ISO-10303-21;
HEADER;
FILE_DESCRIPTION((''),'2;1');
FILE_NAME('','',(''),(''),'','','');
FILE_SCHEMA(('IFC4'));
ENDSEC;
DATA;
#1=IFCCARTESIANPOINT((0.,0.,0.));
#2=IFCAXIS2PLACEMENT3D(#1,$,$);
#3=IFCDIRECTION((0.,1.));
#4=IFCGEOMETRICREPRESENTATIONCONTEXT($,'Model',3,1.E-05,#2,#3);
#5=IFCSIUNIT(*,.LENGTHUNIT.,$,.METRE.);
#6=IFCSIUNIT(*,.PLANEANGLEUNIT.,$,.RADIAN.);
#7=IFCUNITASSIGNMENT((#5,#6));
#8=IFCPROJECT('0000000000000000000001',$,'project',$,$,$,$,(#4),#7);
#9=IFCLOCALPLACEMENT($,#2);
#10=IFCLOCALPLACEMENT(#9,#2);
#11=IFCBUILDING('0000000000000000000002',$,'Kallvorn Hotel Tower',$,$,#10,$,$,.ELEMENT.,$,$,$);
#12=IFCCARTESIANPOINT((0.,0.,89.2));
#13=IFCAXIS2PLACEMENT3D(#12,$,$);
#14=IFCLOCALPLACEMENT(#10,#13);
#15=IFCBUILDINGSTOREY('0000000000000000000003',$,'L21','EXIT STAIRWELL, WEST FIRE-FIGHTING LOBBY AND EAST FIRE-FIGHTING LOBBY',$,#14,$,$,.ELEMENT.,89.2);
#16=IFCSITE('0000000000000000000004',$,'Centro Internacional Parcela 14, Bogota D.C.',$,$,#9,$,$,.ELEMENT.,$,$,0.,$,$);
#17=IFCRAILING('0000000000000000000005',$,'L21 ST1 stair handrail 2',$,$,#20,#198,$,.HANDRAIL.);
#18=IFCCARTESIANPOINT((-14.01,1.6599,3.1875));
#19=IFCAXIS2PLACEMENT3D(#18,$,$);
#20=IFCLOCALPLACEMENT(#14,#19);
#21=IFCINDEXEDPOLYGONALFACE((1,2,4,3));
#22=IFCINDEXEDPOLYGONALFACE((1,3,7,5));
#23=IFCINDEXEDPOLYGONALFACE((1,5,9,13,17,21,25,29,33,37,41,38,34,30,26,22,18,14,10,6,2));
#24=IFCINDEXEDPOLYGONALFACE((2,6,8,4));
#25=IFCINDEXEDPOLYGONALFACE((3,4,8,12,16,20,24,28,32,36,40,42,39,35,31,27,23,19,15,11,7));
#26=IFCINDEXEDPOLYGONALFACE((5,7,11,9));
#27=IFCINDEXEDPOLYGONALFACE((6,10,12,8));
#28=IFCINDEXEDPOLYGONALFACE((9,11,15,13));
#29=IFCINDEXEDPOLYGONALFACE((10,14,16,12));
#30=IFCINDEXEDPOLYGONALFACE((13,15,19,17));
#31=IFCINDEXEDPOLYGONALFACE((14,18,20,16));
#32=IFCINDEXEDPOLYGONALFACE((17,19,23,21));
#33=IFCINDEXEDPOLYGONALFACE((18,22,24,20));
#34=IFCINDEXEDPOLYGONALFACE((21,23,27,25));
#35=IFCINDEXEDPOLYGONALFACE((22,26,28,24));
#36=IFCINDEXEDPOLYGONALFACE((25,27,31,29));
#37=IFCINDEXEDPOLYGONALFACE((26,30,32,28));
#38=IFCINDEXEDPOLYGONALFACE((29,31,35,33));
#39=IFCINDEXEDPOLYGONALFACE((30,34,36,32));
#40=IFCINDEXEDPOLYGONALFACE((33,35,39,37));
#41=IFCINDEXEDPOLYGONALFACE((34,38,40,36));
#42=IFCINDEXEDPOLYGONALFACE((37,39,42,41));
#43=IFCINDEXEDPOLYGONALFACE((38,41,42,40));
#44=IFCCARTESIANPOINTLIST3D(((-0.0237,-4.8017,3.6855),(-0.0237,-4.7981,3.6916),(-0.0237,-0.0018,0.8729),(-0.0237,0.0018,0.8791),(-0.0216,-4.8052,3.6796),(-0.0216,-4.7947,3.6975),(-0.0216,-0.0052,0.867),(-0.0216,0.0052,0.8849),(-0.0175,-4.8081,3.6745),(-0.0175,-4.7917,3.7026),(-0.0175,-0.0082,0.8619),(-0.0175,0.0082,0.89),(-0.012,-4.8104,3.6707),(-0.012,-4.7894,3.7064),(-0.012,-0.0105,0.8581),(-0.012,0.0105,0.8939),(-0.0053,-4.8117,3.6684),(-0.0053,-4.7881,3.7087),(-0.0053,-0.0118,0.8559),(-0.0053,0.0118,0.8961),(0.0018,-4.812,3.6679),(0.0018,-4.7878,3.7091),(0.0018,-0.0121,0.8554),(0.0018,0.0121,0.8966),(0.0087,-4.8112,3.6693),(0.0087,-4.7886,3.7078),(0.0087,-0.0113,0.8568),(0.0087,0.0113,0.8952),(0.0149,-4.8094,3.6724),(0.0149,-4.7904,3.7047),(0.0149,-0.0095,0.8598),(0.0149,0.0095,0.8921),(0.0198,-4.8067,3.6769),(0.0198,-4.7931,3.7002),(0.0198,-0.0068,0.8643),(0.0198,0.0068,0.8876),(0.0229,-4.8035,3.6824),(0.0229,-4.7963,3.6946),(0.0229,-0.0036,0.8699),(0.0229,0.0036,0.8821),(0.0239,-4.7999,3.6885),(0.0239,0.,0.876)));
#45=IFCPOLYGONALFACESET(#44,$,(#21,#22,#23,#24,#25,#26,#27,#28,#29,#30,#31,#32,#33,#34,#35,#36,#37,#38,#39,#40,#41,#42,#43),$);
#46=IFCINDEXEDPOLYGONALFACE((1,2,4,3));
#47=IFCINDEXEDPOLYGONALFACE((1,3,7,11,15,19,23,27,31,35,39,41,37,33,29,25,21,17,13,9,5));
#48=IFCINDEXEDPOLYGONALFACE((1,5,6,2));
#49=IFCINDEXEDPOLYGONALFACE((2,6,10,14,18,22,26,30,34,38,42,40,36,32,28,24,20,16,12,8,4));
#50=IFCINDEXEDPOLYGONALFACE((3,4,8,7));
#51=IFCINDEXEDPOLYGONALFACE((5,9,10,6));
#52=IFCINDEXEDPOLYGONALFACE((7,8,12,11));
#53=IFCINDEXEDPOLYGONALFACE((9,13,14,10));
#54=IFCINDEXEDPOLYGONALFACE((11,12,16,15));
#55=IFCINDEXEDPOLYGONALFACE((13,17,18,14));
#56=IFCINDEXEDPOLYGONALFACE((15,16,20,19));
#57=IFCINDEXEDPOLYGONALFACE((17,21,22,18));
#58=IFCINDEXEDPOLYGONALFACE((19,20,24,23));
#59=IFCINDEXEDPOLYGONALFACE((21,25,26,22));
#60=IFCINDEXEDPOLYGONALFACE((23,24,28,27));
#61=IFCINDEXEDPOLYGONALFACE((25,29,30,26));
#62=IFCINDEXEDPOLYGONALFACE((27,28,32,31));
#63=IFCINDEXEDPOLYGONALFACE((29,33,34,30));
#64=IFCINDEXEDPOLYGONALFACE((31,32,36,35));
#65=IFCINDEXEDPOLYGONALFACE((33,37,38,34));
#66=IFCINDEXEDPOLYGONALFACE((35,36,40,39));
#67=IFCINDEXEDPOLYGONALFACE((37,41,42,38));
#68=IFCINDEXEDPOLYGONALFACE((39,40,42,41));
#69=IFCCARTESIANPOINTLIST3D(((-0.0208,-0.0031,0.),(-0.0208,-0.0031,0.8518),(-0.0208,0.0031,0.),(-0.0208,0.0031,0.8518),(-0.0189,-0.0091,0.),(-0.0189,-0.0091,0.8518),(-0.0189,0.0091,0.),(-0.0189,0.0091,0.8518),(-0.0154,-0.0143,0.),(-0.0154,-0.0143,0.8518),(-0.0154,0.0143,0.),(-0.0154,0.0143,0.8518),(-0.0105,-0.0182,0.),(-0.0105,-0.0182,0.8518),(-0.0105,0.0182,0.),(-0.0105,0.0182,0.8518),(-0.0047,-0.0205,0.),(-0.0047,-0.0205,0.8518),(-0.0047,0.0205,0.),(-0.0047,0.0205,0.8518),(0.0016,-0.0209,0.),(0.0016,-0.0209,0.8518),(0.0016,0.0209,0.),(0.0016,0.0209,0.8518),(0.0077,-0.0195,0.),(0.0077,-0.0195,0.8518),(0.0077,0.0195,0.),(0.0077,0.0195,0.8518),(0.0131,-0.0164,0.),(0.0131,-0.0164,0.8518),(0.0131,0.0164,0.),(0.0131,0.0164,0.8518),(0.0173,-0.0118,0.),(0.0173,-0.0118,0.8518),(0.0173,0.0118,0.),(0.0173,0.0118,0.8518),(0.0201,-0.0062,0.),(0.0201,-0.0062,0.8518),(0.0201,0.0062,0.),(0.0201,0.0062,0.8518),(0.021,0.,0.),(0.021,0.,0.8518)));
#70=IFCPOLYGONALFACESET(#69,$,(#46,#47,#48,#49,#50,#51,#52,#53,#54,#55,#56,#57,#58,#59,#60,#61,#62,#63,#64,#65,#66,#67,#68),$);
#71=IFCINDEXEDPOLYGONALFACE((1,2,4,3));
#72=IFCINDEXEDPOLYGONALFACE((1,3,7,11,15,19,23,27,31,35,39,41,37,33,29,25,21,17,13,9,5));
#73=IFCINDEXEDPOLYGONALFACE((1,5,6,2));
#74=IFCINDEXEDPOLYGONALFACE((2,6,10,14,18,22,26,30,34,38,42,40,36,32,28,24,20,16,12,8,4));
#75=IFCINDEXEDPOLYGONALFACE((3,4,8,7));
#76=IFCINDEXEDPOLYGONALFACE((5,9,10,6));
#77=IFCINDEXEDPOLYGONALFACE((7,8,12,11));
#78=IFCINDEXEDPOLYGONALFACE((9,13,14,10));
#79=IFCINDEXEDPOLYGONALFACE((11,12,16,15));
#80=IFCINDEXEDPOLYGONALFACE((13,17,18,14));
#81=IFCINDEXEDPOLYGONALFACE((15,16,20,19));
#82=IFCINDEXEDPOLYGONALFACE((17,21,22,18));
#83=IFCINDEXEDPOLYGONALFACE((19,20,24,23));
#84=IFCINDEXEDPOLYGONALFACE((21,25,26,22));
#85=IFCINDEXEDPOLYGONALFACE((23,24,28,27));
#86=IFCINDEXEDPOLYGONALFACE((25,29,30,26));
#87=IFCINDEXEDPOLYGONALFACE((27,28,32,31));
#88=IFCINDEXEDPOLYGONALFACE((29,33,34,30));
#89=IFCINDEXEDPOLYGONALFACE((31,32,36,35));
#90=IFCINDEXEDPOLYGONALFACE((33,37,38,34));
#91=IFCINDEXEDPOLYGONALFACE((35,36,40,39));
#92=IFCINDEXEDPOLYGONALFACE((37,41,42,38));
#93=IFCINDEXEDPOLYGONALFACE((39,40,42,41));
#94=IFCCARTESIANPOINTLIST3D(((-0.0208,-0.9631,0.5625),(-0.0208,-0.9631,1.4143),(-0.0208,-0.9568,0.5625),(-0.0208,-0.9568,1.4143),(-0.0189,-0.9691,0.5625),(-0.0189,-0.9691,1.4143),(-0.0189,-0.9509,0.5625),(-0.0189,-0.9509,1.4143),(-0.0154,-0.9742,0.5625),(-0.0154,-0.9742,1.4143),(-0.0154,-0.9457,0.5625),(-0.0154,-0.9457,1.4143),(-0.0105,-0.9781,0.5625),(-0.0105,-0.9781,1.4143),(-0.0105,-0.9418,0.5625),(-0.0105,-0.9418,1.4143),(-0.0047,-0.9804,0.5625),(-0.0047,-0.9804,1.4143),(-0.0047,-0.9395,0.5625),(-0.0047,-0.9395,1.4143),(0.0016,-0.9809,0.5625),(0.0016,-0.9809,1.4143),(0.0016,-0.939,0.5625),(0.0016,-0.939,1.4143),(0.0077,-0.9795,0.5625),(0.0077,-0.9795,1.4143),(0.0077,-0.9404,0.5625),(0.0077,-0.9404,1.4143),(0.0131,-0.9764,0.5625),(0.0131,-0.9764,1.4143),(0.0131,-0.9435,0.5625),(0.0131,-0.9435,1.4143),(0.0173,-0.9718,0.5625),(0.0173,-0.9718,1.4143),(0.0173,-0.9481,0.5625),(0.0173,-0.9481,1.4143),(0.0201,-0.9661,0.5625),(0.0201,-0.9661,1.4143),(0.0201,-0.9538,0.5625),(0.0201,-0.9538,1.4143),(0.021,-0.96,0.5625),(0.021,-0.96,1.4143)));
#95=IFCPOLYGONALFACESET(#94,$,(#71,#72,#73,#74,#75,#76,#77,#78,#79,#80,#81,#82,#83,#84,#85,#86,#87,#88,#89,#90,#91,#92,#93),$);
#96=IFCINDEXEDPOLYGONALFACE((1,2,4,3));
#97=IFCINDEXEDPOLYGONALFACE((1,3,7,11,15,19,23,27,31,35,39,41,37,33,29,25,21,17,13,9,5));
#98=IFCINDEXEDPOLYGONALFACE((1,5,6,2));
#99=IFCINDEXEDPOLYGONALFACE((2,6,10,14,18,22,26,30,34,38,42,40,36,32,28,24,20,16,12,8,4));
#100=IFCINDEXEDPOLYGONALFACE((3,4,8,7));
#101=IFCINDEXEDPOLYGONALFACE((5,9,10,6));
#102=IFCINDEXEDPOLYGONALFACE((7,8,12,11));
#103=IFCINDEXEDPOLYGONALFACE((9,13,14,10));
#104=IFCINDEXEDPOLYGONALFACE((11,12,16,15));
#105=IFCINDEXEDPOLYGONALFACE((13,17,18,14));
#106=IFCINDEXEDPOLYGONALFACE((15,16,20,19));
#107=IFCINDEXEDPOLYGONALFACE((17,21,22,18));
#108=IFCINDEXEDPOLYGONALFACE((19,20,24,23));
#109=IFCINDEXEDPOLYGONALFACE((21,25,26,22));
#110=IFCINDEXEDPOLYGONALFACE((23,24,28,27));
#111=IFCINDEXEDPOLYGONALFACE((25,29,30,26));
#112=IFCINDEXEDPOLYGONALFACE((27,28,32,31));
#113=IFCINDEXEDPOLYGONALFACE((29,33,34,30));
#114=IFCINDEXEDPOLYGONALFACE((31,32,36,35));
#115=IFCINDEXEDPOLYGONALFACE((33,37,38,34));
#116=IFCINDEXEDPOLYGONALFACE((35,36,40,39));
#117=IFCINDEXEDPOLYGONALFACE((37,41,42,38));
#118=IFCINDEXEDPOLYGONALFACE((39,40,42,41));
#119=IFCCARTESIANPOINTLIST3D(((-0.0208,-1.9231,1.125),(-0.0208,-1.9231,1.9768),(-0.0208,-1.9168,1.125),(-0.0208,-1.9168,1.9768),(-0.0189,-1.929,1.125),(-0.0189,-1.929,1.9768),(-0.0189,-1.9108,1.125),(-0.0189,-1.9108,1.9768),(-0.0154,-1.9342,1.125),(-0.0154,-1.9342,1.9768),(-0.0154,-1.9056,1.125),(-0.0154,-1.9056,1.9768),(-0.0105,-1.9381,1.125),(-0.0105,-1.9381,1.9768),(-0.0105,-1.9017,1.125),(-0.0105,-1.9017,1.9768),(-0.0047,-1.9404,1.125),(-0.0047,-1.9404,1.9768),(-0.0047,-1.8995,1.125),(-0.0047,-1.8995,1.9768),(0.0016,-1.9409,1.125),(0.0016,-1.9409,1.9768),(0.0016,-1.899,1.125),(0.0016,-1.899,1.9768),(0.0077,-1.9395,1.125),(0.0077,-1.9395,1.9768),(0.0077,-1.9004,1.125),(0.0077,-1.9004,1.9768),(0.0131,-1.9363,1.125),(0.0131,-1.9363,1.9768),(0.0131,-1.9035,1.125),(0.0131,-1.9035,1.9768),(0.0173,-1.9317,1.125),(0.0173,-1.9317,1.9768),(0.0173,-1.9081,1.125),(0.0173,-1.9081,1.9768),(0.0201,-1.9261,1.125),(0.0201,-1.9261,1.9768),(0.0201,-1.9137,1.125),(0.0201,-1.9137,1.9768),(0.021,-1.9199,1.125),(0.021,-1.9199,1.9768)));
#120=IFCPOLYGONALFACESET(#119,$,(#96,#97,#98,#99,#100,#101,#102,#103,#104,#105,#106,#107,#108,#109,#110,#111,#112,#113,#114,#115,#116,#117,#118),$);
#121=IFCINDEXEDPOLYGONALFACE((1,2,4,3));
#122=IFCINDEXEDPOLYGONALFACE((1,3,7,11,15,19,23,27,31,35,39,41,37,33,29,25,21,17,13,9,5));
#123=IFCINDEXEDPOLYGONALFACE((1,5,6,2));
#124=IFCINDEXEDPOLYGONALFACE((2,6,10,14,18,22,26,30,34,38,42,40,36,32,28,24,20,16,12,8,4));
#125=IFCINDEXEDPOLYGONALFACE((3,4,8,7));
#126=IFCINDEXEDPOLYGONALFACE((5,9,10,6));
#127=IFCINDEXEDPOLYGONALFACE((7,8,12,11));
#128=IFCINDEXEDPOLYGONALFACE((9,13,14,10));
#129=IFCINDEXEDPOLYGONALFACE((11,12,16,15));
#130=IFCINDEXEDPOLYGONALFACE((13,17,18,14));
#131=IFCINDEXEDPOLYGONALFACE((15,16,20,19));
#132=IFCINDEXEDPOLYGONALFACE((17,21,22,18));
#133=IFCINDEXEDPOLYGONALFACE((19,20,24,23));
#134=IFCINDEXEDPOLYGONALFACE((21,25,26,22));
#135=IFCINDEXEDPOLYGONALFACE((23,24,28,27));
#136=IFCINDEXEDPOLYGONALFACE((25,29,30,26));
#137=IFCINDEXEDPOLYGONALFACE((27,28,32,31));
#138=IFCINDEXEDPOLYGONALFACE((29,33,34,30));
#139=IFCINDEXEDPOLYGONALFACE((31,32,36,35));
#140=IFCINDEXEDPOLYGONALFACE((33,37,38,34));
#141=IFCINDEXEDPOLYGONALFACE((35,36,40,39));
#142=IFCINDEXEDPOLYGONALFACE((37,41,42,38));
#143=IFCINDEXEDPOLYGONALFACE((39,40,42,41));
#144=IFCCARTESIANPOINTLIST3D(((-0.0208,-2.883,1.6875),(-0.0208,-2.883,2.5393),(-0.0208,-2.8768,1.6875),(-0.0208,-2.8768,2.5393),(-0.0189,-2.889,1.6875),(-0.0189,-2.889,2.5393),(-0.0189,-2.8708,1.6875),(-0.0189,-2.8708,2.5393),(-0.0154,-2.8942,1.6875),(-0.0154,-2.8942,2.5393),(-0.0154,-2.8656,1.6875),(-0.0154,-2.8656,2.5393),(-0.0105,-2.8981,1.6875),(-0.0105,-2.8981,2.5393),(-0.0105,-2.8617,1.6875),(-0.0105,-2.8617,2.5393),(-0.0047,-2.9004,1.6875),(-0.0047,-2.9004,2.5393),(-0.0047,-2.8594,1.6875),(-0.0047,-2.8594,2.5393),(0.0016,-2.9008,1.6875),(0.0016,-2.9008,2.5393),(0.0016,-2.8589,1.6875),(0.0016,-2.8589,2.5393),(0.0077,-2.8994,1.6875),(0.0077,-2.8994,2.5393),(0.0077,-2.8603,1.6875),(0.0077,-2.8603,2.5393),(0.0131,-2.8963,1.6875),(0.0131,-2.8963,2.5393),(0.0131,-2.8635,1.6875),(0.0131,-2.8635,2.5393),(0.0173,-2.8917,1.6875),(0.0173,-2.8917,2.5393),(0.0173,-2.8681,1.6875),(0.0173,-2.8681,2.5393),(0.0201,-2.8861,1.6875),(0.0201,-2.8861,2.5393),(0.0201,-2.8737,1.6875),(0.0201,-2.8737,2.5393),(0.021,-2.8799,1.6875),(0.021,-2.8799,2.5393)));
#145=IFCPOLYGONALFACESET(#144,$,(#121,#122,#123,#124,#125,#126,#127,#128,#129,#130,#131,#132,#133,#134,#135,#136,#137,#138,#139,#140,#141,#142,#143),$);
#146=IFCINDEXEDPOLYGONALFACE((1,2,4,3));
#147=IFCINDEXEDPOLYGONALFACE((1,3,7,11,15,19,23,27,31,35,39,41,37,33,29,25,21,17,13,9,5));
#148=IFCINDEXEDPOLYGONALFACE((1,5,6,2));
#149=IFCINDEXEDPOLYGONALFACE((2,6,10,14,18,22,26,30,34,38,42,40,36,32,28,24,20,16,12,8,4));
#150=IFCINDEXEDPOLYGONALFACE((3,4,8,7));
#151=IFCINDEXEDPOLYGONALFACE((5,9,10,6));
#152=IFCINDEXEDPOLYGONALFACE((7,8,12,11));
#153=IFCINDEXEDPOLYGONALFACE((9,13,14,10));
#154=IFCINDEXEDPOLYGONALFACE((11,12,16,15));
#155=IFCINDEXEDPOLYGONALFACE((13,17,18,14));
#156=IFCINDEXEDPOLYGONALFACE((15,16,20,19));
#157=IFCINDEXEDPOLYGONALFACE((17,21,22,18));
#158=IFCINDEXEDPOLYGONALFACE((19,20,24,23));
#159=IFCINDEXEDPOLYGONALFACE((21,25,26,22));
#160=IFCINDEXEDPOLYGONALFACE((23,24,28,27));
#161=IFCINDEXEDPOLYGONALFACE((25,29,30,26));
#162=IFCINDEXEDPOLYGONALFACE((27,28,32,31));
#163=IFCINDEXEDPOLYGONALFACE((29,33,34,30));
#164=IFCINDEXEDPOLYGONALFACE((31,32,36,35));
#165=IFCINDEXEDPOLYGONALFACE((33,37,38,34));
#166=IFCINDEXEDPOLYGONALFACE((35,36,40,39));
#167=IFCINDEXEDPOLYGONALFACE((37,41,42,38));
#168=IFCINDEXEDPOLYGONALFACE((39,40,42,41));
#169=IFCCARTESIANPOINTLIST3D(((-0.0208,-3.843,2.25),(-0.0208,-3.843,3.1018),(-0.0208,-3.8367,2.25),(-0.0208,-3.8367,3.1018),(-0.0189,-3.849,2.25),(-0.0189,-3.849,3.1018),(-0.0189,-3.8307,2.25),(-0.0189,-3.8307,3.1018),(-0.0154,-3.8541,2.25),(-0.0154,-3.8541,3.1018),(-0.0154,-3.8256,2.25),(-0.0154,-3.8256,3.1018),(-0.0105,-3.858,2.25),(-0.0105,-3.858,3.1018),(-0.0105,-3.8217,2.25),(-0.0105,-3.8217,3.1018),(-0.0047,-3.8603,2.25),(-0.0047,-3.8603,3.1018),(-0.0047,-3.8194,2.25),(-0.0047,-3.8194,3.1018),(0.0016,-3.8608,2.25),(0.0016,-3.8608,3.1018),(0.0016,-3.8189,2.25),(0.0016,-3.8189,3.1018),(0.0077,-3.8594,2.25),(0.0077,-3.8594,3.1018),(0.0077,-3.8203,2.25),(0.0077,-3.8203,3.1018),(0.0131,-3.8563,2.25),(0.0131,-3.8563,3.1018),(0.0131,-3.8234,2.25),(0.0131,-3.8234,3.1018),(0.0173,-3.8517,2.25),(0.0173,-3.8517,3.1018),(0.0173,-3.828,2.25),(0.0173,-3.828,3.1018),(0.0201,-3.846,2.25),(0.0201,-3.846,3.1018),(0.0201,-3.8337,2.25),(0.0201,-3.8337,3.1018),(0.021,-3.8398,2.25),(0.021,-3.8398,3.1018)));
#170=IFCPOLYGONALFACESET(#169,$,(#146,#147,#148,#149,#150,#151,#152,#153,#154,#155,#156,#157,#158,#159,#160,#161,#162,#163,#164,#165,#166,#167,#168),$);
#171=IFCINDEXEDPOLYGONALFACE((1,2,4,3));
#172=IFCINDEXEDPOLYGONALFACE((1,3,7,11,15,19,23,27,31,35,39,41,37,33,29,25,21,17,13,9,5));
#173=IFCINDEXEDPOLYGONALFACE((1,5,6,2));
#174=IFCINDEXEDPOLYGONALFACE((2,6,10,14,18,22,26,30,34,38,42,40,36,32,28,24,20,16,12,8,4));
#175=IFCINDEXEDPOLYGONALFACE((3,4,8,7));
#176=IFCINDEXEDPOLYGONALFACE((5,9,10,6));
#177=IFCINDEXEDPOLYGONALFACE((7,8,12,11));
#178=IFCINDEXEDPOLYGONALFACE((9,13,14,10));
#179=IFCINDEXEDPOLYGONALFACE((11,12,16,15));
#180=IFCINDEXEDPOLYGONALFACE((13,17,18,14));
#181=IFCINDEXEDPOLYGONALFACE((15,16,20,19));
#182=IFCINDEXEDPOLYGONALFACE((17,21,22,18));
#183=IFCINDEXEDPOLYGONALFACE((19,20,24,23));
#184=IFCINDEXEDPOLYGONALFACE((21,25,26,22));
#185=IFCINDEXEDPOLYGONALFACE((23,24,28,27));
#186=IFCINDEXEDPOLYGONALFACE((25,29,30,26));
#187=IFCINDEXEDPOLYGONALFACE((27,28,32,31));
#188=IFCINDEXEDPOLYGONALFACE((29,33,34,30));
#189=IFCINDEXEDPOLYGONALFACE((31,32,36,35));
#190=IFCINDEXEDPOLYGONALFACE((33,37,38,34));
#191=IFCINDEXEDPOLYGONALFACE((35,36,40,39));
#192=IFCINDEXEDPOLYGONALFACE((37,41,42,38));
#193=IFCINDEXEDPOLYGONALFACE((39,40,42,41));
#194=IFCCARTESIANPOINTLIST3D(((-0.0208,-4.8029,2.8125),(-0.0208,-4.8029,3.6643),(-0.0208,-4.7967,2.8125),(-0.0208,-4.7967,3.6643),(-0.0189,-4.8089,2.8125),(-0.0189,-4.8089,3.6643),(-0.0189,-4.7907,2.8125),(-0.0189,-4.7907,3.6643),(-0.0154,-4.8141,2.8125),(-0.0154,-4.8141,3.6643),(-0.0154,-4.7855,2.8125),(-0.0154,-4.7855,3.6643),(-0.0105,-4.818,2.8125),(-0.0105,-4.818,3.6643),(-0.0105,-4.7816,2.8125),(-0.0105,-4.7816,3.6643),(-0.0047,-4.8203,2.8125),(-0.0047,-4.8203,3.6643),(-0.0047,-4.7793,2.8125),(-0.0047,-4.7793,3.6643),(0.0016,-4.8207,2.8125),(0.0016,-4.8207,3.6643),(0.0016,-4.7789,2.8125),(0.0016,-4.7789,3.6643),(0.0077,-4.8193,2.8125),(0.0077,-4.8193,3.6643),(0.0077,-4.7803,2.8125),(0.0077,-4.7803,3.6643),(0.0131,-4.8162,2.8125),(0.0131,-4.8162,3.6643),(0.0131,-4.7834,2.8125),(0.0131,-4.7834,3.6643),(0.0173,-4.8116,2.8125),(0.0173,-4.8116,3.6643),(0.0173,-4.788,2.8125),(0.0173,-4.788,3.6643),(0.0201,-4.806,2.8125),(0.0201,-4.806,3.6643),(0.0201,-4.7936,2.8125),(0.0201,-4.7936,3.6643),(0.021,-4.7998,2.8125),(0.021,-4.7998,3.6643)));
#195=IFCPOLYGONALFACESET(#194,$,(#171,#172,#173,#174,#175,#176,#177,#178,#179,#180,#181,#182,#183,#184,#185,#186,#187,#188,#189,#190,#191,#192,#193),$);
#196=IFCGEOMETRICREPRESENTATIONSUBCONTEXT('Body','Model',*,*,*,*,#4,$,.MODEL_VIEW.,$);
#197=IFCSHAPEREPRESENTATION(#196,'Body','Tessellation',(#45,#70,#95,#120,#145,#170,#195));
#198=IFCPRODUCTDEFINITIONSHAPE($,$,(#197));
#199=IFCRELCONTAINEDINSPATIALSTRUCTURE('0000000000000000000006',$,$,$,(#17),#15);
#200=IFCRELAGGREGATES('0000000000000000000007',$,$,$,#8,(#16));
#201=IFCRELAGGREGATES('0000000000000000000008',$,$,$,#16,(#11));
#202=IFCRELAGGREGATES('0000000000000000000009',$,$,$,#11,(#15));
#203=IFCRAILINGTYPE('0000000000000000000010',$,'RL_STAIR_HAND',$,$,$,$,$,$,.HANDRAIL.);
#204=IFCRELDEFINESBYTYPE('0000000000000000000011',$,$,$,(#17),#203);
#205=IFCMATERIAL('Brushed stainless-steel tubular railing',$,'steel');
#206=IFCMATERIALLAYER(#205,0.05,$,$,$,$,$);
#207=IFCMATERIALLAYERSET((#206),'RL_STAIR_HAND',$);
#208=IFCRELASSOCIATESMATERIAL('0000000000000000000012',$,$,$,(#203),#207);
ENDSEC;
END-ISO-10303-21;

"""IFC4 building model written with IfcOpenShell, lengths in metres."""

from ifc_helpers import new_model, si_unit, direction, frame, origin, origin_2d, place, context, subcontext, project, spatial, circle, extrude, material, layer, layer_set, type_object, element, save


model = new_model("IFC4")

# Units and contexts
model_context = context("Model", 3, precision=1e-05, world=origin(), true_north=direction((0.0, 1.0)))
body_context = subcontext(model_context, "Body", "Model", "MODEL_VIEW")
ifc_project = project(units=[si_unit("LENGTHUNIT", "METRE"), si_unit("PLANEANGLEUNIT", "RADIAN")], contexts=[model_context])

# Site, building, storey
site_placement = place(None, origin())
site = spatial("IfcSite", under=ifc_project, at=site_placement, Name="Centro Internacional Parcela 14, Bogota D.C.", CompositionType="ELEMENT", RefElevation=0.0)
building_placement = place(site_placement, origin())
building = spatial("IfcBuilding", under=site, at=building_placement, Name="Kallvorn Hotel Tower", CompositionType="ELEMENT")
storey_placement = place(building_placement, frame((0.0, 0.0, 89.2)))
storey = spatial("IfcBuildingStorey", under=building, at=storey_placement, Name="L21", Description="EXIT STAIRWELL, WEST FIRE-FIGHTING LOBBY AND EAST FIRE-FIGHTING LOBBY", CompositionType="ELEMENT", Elevation=89.2)

# Railing
ifc_material_1 = material(Name="Brushed stainless-steel tubular railing", Category="steel")
ifc_layer_1 = layer(ifc_material_1, 0.05)
ifc_layer_set_1 = layer_set([ifc_layer_1], Name="RL_STAIR_HAND")
railing_type_1 = type_object("IfcRailingType", Name="RL_STAIR_HAND", PredefinedType="HANDRAIL", material=ifc_layer_set_1)
railing_1_placement = place(storey_placement, frame((-14.01, 1.6599, 3.1875)))
element("IfcRailing", 1, at=railing_1_placement, inside=storey, type_object=railing_type_1, Name="L21 ST1 stair handrail 2", PredefinedType="HANDRAIL", context=body_context, shape_type="SweptSolid", body=[
    extrude(circle(Radius=0.0239, at=origin_2d()), frame((0.0, 0.0, 0.876), z_axis=(0.0, -0.86279, 0.505562), x_axis=(1.0, 0.0, 0.0)), (0.0, 0.0, 1.0), 5.5632),
    extrude(circle(Radius=0.021, at=origin_2d()), origin(), (0.0, 0.0, 1.0), 0.8518),
    extrude(circle(Radius=0.021, at=origin_2d()), frame((0.0, -0.96, 0.5625)), (0.0, 0.0, 1.0), 0.8518),
    extrude(circle(Radius=0.021, at=origin_2d()), frame((0.0, -1.9199, 1.125)), (0.0, 0.0, 1.0), 0.8518),
    extrude(circle(Radius=0.021, at=origin_2d()), frame((0.0, -2.8799, 1.6875)), (0.0, 0.0, 1.0), 0.8518),
    extrude(circle(Radius=0.021, at=origin_2d()), frame((0.0, -3.8398, 2.25)), (0.0, 0.0, 1.0), 0.8518),
    extrude(circle(Radius=0.021, at=origin_2d()), frame((0.0, -4.7998, 2.8125)), (0.0, 0.0, 1.0), 0.8518),
])

save(model, "model.ifc")
